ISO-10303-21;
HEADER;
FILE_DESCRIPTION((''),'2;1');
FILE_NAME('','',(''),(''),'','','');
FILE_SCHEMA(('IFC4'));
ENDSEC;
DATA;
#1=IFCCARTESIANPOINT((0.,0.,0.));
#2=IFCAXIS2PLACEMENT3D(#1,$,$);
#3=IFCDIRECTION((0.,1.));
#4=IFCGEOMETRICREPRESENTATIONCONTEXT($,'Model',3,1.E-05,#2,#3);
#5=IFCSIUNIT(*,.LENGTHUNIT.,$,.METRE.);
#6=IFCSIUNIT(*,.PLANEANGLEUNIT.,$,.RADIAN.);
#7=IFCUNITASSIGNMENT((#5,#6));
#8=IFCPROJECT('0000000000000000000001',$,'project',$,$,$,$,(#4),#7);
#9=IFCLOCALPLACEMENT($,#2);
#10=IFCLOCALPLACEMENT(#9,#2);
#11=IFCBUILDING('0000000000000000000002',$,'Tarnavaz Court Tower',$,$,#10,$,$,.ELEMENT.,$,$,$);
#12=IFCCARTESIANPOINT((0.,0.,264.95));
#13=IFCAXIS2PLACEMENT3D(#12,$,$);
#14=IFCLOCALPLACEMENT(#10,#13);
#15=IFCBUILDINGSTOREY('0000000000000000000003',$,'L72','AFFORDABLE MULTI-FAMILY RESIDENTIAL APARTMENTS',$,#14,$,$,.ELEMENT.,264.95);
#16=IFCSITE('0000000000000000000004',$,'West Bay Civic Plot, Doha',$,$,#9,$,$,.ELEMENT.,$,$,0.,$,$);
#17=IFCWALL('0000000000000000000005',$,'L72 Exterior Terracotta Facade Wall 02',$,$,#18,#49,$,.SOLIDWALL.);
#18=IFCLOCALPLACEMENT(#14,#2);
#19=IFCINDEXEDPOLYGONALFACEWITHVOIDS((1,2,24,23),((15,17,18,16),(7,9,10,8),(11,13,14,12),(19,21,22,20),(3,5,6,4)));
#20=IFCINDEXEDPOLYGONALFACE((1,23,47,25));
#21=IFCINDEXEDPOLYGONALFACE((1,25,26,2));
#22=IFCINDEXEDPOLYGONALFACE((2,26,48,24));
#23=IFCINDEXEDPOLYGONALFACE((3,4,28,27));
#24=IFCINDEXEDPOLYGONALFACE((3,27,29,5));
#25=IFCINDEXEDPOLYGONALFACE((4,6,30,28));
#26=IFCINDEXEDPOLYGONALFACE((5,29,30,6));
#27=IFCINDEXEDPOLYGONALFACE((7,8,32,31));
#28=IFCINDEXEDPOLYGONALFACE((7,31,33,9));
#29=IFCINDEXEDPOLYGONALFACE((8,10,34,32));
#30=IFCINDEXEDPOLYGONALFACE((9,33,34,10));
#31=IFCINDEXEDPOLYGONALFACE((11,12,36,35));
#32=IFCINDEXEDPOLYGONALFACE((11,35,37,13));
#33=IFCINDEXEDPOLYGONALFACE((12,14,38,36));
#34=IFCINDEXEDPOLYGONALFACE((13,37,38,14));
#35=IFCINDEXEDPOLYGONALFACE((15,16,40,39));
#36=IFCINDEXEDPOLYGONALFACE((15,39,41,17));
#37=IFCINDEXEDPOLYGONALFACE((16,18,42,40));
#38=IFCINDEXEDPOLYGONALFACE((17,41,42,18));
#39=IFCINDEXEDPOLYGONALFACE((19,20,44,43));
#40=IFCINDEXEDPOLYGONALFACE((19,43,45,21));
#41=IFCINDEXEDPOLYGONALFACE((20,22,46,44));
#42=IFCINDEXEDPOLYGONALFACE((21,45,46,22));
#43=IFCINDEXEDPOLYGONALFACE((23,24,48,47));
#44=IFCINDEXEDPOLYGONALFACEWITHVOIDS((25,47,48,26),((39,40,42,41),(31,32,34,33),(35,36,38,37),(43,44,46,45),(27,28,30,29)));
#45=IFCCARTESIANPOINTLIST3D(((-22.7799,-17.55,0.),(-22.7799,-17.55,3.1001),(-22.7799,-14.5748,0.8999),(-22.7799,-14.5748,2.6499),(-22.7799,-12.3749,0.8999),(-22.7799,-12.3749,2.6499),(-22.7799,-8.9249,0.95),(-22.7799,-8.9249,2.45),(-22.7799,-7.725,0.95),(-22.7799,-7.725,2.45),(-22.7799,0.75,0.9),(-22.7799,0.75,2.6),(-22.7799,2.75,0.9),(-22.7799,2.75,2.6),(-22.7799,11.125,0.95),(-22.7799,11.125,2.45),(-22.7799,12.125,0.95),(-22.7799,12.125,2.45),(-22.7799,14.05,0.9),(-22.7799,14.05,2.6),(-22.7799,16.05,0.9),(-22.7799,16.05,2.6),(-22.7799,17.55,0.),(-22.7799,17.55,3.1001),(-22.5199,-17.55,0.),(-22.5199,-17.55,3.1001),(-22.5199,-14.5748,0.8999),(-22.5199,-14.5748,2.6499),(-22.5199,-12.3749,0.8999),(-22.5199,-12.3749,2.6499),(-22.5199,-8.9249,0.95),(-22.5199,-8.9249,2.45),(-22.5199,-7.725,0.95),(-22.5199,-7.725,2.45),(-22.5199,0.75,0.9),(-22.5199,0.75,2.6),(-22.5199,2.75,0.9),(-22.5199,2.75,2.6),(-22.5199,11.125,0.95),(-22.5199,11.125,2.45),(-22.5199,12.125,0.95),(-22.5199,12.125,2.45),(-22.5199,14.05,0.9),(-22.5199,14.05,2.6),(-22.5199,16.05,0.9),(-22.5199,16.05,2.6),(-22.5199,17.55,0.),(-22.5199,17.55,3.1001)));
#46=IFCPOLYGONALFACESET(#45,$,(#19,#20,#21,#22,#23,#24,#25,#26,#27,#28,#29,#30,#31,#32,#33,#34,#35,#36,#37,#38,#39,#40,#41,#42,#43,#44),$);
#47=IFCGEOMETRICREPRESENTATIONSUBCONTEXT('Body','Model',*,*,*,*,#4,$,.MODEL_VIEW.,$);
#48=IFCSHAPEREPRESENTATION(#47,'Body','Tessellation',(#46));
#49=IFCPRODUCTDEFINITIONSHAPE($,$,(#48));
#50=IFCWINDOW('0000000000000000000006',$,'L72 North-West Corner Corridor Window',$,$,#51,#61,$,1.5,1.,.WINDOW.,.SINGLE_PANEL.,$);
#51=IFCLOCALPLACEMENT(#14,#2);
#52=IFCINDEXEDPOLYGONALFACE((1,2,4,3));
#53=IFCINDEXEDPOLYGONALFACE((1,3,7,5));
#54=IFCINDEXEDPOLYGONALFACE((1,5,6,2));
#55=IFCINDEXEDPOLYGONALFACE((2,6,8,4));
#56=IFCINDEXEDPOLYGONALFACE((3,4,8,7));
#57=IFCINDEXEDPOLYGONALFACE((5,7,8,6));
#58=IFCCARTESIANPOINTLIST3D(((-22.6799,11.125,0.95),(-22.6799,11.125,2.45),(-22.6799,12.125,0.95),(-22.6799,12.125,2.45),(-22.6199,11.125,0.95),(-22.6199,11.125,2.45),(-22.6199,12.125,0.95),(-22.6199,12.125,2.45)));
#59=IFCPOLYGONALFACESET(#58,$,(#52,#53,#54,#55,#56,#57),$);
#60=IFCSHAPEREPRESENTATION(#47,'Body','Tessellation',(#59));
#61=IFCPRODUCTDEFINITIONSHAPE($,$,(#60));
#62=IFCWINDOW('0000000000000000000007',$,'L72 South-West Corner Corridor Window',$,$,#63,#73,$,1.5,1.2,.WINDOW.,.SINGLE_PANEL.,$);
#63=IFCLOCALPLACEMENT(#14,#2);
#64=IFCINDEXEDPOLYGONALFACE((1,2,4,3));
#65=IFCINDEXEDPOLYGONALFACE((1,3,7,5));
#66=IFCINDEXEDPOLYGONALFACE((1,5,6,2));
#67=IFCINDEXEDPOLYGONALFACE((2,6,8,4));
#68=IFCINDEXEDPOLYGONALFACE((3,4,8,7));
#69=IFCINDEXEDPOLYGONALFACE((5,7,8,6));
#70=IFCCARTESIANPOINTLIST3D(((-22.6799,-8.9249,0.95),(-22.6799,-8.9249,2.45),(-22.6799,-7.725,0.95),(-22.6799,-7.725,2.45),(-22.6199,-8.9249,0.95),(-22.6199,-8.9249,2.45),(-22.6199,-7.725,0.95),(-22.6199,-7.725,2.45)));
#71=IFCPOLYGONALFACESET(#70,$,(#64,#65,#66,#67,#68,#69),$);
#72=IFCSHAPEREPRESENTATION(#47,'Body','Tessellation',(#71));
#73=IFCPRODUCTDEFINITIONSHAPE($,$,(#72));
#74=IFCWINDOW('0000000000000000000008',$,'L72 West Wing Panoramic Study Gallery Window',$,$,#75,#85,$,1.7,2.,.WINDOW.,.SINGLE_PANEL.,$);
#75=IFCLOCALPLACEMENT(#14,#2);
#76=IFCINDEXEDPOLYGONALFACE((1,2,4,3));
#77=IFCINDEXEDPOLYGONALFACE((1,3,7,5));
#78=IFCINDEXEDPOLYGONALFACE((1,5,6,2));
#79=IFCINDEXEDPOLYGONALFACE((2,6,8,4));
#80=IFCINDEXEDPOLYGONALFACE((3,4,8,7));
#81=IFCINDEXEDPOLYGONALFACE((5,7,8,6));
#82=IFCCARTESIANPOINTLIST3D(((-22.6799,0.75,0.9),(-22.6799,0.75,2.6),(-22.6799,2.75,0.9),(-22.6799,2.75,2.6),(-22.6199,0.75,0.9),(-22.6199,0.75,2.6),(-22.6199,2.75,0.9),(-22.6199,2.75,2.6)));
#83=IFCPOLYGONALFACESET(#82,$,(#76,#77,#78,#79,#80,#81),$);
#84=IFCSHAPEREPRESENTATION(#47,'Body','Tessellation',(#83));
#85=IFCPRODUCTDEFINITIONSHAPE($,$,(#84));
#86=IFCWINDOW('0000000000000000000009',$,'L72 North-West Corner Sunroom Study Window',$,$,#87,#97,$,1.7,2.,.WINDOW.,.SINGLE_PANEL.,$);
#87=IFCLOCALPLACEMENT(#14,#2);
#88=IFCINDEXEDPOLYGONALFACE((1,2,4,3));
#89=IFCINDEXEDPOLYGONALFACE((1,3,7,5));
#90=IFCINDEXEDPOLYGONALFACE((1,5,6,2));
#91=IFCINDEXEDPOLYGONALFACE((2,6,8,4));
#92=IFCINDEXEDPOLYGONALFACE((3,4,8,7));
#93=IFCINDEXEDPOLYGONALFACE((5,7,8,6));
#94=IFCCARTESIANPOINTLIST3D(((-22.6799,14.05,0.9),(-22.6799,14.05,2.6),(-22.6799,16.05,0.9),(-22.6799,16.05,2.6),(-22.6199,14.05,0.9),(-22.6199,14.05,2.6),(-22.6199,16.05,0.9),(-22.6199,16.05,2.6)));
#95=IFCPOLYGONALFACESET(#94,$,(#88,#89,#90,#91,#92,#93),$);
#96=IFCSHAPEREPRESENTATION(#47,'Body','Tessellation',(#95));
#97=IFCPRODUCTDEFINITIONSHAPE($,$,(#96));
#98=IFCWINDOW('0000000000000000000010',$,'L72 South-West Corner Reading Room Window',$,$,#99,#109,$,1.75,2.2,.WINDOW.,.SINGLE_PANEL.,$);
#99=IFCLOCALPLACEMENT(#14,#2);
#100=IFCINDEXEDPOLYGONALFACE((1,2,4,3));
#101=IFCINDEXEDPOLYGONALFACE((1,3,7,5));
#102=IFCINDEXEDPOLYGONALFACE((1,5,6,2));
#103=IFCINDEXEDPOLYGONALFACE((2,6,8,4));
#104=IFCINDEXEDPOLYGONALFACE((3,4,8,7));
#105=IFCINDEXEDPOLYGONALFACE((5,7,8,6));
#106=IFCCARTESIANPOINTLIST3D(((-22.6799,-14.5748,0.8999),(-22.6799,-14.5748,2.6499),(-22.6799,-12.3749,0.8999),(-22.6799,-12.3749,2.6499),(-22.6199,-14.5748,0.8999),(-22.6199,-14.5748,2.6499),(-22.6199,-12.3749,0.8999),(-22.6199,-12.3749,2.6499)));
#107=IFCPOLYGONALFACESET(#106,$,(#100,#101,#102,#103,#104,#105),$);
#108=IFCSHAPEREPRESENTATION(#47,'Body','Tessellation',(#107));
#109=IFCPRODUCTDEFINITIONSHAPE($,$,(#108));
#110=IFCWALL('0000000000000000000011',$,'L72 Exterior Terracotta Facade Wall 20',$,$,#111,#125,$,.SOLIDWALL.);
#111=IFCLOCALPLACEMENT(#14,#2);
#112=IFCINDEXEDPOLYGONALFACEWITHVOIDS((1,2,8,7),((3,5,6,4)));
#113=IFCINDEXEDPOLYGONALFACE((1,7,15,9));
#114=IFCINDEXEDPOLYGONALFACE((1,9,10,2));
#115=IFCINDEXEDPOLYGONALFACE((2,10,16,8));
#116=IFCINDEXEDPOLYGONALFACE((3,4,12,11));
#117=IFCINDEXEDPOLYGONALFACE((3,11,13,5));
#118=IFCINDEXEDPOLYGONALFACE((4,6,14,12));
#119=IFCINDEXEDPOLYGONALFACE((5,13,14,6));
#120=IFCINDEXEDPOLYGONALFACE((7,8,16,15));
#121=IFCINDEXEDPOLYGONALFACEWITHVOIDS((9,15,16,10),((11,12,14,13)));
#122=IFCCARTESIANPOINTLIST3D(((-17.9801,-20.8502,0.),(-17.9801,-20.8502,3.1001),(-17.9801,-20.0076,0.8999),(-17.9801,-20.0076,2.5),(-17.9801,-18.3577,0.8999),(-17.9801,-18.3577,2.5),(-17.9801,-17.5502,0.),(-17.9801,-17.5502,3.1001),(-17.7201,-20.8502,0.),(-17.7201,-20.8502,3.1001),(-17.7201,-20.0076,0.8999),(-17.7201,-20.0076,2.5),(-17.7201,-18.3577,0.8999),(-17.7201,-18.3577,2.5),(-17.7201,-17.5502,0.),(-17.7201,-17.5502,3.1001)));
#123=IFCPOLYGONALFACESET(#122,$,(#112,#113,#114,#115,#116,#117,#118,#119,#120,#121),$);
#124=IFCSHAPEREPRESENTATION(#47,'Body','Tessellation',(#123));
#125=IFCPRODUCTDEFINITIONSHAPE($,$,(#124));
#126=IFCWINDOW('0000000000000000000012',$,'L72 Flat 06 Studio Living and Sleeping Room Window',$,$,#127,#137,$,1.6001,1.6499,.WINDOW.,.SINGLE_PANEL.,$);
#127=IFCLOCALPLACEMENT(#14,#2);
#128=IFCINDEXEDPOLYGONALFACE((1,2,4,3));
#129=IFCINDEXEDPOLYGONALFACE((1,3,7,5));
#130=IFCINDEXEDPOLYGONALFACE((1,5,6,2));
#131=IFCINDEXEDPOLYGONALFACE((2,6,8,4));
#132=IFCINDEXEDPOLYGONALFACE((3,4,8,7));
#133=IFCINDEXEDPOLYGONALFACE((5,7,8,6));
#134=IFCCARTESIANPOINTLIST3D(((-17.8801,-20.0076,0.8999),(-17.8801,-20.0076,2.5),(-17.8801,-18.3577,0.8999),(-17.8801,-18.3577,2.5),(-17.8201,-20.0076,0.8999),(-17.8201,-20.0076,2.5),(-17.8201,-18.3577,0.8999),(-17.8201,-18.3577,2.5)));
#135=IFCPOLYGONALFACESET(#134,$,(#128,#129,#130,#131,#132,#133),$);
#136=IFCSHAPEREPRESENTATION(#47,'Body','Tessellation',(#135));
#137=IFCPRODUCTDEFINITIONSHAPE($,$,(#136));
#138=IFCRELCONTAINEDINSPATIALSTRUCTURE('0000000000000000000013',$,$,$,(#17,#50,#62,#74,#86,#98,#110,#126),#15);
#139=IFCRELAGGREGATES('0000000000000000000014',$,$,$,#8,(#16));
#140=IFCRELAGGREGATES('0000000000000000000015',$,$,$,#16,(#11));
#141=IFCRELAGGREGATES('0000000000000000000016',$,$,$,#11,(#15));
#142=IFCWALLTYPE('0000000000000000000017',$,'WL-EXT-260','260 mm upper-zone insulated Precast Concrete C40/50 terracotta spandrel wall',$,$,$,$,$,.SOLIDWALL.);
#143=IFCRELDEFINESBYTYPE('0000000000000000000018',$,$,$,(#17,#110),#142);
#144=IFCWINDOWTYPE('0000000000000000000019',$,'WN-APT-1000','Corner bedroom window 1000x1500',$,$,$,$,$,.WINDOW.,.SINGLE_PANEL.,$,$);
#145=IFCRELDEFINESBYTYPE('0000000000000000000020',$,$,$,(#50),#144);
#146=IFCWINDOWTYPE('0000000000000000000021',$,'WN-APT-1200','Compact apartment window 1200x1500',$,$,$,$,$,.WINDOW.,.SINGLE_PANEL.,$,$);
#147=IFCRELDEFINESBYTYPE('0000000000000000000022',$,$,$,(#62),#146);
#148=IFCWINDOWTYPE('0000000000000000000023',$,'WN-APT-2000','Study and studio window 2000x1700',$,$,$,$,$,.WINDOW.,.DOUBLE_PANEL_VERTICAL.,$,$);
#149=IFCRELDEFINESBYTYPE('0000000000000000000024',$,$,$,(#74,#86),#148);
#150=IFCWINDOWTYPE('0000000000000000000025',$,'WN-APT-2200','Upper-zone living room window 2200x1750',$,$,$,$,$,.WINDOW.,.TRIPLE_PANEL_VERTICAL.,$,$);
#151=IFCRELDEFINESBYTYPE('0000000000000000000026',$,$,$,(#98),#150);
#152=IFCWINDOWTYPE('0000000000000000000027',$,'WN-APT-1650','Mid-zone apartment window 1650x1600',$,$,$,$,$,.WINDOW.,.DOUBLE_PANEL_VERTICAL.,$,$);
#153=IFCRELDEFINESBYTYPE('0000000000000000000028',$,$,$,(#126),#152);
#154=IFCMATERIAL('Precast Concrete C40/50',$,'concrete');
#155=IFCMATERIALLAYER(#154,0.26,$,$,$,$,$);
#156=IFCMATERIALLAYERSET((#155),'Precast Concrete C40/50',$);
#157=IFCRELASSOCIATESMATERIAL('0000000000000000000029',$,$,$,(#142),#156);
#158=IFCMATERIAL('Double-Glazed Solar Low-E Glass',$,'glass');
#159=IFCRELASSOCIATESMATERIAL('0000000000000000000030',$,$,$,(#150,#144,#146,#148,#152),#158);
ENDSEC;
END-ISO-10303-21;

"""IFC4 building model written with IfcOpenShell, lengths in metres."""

from ifc_helpers import new_model, si_unit, direction, frame, frame_2d, origin, place, context, subcontext, project, spatial, rectangle, extrude, material, layer, layer_set, type_object, element, fill, save


model = new_model("IFC4")

# Units and contexts
model_context = context("Model", 3, precision=1e-05, world=origin(), true_north=direction((0.0, 1.0)))
body_context = subcontext(model_context, "Body", "Model", "MODEL_VIEW")
ifc_project = project(units=[si_unit("LENGTHUNIT", "METRE"), si_unit("PLANEANGLEUNIT", "RADIAN")], contexts=[model_context])

# Site, building, storey
site_placement = place(None, origin())
site = spatial("IfcSite", under=ifc_project, at=site_placement, Name="West Bay Civic Plot, Doha", CompositionType="ELEMENT", RefElevation=0.0)
building_placement = place(site_placement, origin())
building = spatial("IfcBuilding", under=site, at=building_placement, Name="Tarnavaz Court Tower", CompositionType="ELEMENT")
storey_placement = place(building_placement, frame((0.0, 0.0, 264.95)))
storey = spatial("IfcBuildingStorey", under=building, at=storey_placement, Name="L72", Description="AFFORDABLE MULTI-FAMILY RESIDENTIAL APARTMENTS", CompositionType="ELEMENT", Elevation=264.95)

# Shared definitions
ifc_material_1 = material(Name="Precast Concrete C40/50", Category="concrete")
ifc_layer_1 = layer(ifc_material_1, 0.26)
ifc_layer_set_1 = layer_set([ifc_layer_1], Name="Precast Concrete C40/50")
wall_type_1 = type_object("IfcWallType", Name="WL-EXT-260", Description="260 mm upper-zone insulated Precast Concrete C40/50 terracotta spandrel wall", PredefinedType="SOLIDWALL", material=ifc_layer_set_1)
ifc_material_2 = material(Name="Double-Glazed Solar Low-E Glass", Category="glass")
window_type_1 = type_object("IfcWindowType", Name="WN-APT-2200", Description="Upper-zone living room window 2200x1750", PartitioningType="TRIPLE_PANEL_VERTICAL", PredefinedType="WINDOW", material=ifc_material_2)

# Wall, openings, windows
wall_1_placement = place(storey_placement, frame((-22.6499, -17.55, 0.0), z_axis=(0.0, 0.0, 1.0), x_axis=(0.0, 1.0, 0.0)))
wall_1 = element("IfcWall", 1, at=wall_1_placement, inside=storey, type_object=wall_type_1, Name="L72 Exterior Terracotta Facade Wall 02", PredefinedType="SOLIDWALL", context=body_context, shape_type="SweptSolid", body=[
    extrude(rectangle(XDim=35.1001, YDim=0.26, at=frame_2d((17.55, 0.0))), origin(), (0.0, 0.0, 1.0), 3.1001),
])
opening_1_placement = place(wall_1_placement, frame((2.9751, 0.0, 0.8999)))
opening_1 = element("IfcOpeningElement", 2, at=opening_1_placement, cuts=wall_1, PredefinedType="OPENING", context=body_context, shape_type="SweptSolid", body=[
    extrude(rectangle(XDim=2.2, YDim=1.75, at=frame_2d((1.1001, 0.875))), frame((0.0, 0.1399, 0.0), z_axis=(0.0, -1.0, 0.0), x_axis=(1.0, 0.0, 0.0)), (0.0, 0.0, 1.0), 0.28),
])
opening_2_placement = place(wall_1_placement, frame((8.625, 0.0, 0.95)))
opening_2 = element("IfcOpeningElement", 3, at=opening_2_placement, cuts=wall_1, PredefinedType="OPENING", context=body_context, shape_type="SweptSolid", body=[
    extrude(rectangle(XDim=1.2, YDim=1.5, at=frame_2d((0.6001, 0.75))), frame((0.0, 0.1399, 0.0), z_axis=(0.0, -1.0, 0.0), x_axis=(1.0, 0.0, 0.0)), (0.0, 0.0, 1.0), 0.28),
])
opening_3_placement = place(wall_1_placement, frame((18.3, 0.0, 0.8999)))
opening_3 = element("IfcOpeningElement", 4, at=opening_3_placement, cuts=wall_1, PredefinedType="OPENING", context=body_context, shape_type="SweptSolid", body=[
    extrude(rectangle(XDim=2.0, YDim=1.7, at=frame_2d((1.0, 0.8501))), frame((0.0, 0.1399, 0.0), z_axis=(0.0, -1.0, 0.0), x_axis=(1.0, 0.0, 0.0)), (0.0, 0.0, 1.0), 0.28),
])
opening_4_placement = place(wall_1_placement, frame((28.675, 0.0, 0.95)))
opening_4 = element("IfcOpeningElement", 5, at=opening_4_placement, cuts=wall_1, PredefinedType="OPENING", context=body_context, shape_type="SweptSolid", body=[
    extrude(rectangle(XDim=1.0, YDim=1.5, at=frame_2d((0.5, 0.75))), frame((0.0, 0.1399, 0.0), z_axis=(0.0, -1.0, 0.0), x_axis=(1.0, 0.0, 0.0)), (0.0, 0.0, 1.0), 0.28),
])
opening_5_placement = place(wall_1_placement, frame((31.6001, 0.0, 0.8999)))
opening_5 = element("IfcOpeningElement", 6, at=opening_5_placement, cuts=wall_1, PredefinedType="OPENING", context=body_context, shape_type="SweptSolid", body=[
    extrude(rectangle(XDim=2.0, YDim=1.7, at=frame_2d((1.0, 0.8501))), frame((0.0, 0.1399, 0.0), z_axis=(0.0, -1.0, 0.0), x_axis=(1.0, 0.0, 0.0)), (0.0, 0.0, 1.0), 0.28),
])
window_type_2 = type_object("IfcWindowType", Name="WN-APT-1000", Description="Corner bedroom window 1000x1500", PartitioningType="SINGLE_PANEL", PredefinedType="WINDOW", material=ifc_material_2)
window_1_placement = place(opening_4_placement, origin())
window_1 = element("IfcWindow", 7, at=window_1_placement, inside=storey, type_object=window_type_2, Name="L72 North-West Corner Corridor Window", OverallHeight=1.5, OverallWidth=1.0, PartitioningType="SINGLE_PANEL", PredefinedType="WINDOW", context=body_context, shape_type="SweptSolid", body=[
    extrude(rectangle(XDim=1.0, YDim=1.5, at=frame_2d((0.5, 0.75))), frame((0.0, 0.03, 0.0), z_axis=(0.0, -1.0, 0.0), x_axis=(1.0, 0.0, 0.0)), (0.0, 0.0, 1.0), 0.0601),
])
fill(opening_4, window_1)
window_type_3 = type_object("IfcWindowType", Name="WN-APT-1200", Description="Compact apartment window 1200x1500", PartitioningType="SINGLE_PANEL", PredefinedType="WINDOW", material=ifc_material_2)
window_2_placement = place(opening_2_placement, origin())
window_2 = element("IfcWindow", 8, at=window_2_placement, inside=storey, type_object=window_type_3, Name="L72 South-West Corner Corridor Window", OverallHeight=1.5, OverallWidth=1.2, PartitioningType="SINGLE_PANEL", PredefinedType="WINDOW", context=body_context, shape_type="SweptSolid", body=[
    extrude(rectangle(XDim=1.2, YDim=1.5, at=frame_2d((0.6001, 0.75))), frame((0.0, 0.03, 0.0), z_axis=(0.0, -1.0, 0.0), x_axis=(1.0, 0.0, 0.0)), (0.0, 0.0, 1.0), 0.0601),
])
fill(opening_2, window_2)
window_type_4 = type_object("IfcWindowType", Name="WN-APT-2000", Description="Study and studio window 2000x1700", PartitioningType="DOUBLE_PANEL_VERTICAL", PredefinedType="WINDOW", material=ifc_material_2)
window_3_placement = place(opening_3_placement, origin())
window_3 = element("IfcWindow", 9, at=window_3_placement, inside=storey, type_object=window_type_4, Name="L72 West Wing Panoramic Study Gallery Window", OverallHeight=1.7, OverallWidth=2.0, PartitioningType="SINGLE_PANEL", PredefinedType="WINDOW", context=body_context, shape_type="SweptSolid", body=[
    extrude(rectangle(XDim=2.0, YDim=1.7, at=frame_2d((1.0, 0.8501))), frame((0.0, 0.03, 0.0), z_axis=(0.0, -1.0, 0.0), x_axis=(1.0, 0.0, 0.0)), (0.0, 0.0, 1.0), 0.0601),
])
fill(opening_3, window_3)
window_4_placement = place(opening_5_placement, origin())
window_4 = element("IfcWindow", 10, at=window_4_placement, inside=storey, type_object=window_type_4, Name="L72 North-West Corner Sunroom Study Window", OverallHeight=1.7, OverallWidth=2.0, PartitioningType="SINGLE_PANEL", PredefinedType="WINDOW", context=body_context, shape_type="SweptSolid", body=[
    extrude(rectangle(XDim=2.0, YDim=1.7, at=frame_2d((1.0, 0.8501))), frame((0.0, 0.03, 0.0), z_axis=(0.0, -1.0, 0.0), x_axis=(1.0, 0.0, 0.0)), (0.0, 0.0, 1.0), 0.0601),
])
fill(opening_5, window_4)
window_5_placement = place(opening_1_placement, origin())
window_5 = element("IfcWindow", 11, at=window_5_placement, inside=storey, type_object=window_type_1, Name="L72 South-West Corner Reading Room Window", OverallHeight=1.75, OverallWidth=2.2, PartitioningType="SINGLE_PANEL", PredefinedType="WINDOW", context=body_context, shape_type="SweptSolid", body=[
    extrude(rectangle(XDim=2.2, YDim=1.75, at=frame_2d((1.1001, 0.875))), frame((0.0, 0.03, 0.0), z_axis=(0.0, -1.0, 0.0), x_axis=(1.0, 0.0, 0.0)), (0.0, 0.0, 1.0), 0.0601),
])
fill(opening_1, window_5)

# Wall, opening, window
wall_2_placement = place(storey_placement, frame((-17.8501, -20.8501, 0.0), z_axis=(0.0, 0.0, 1.0), x_axis=(0.0, 1.0, 0.0)))
wall_2 = element("IfcWall", 12, at=wall_2_placement, inside=storey, type_object=wall_type_1, Name="L72 Exterior Terracotta Facade Wall 20", PredefinedType="SOLIDWALL", context=body_context, shape_type="SweptSolid", body=[
    extrude(rectangle(XDim=3.3, YDim=0.26, at=frame_2d((1.6499, 0.0))), origin(), (0.0, 0.0, 1.0), 3.1001),
])
opening_6_placement = place(wall_2_placement, frame((0.8425, 0.0, 0.8999)))
opening_6 = element("IfcOpeningElement", 13, at=opening_6_placement, cuts=wall_2, PredefinedType="OPENING", context=body_context, shape_type="SweptSolid", body=[
    extrude(rectangle(XDim=1.6499, YDim=1.6001, at=frame_2d((0.825, 0.8))), frame((0.0, 0.1399, 0.0), z_axis=(0.0, -1.0, 0.0), x_axis=(1.0, 0.0, 0.0)), (0.0, 0.0, 1.0), 0.28),
])
window_type_5 = type_object("IfcWindowType", Name="WN-APT-1650", Description="Mid-zone apartment window 1650x1600", PartitioningType="DOUBLE_PANEL_VERTICAL", PredefinedType="WINDOW", material=ifc_material_2)
window_6_placement = place(opening_6_placement, origin())
window_6 = element("IfcWindow", 14, at=window_6_placement, inside=storey, type_object=window_type_5, Name="L72 Flat 06 Studio Living and Sleeping Room Window", OverallHeight=1.6001, OverallWidth=1.6499, PartitioningType="SINGLE_PANEL", PredefinedType="WINDOW", context=body_context, shape_type="SweptSolid", body=[
    extrude(rectangle(XDim=1.6499, YDim=1.6001, at=frame_2d((0.825, 0.8))), frame((0.0, 0.03, 0.0), z_axis=(0.0, -1.0, 0.0), x_axis=(1.0, 0.0, 0.0)), (0.0, 0.0, 1.0), 0.0601),
])
fill(opening_6, window_6)

save(model, "model.ifc")
